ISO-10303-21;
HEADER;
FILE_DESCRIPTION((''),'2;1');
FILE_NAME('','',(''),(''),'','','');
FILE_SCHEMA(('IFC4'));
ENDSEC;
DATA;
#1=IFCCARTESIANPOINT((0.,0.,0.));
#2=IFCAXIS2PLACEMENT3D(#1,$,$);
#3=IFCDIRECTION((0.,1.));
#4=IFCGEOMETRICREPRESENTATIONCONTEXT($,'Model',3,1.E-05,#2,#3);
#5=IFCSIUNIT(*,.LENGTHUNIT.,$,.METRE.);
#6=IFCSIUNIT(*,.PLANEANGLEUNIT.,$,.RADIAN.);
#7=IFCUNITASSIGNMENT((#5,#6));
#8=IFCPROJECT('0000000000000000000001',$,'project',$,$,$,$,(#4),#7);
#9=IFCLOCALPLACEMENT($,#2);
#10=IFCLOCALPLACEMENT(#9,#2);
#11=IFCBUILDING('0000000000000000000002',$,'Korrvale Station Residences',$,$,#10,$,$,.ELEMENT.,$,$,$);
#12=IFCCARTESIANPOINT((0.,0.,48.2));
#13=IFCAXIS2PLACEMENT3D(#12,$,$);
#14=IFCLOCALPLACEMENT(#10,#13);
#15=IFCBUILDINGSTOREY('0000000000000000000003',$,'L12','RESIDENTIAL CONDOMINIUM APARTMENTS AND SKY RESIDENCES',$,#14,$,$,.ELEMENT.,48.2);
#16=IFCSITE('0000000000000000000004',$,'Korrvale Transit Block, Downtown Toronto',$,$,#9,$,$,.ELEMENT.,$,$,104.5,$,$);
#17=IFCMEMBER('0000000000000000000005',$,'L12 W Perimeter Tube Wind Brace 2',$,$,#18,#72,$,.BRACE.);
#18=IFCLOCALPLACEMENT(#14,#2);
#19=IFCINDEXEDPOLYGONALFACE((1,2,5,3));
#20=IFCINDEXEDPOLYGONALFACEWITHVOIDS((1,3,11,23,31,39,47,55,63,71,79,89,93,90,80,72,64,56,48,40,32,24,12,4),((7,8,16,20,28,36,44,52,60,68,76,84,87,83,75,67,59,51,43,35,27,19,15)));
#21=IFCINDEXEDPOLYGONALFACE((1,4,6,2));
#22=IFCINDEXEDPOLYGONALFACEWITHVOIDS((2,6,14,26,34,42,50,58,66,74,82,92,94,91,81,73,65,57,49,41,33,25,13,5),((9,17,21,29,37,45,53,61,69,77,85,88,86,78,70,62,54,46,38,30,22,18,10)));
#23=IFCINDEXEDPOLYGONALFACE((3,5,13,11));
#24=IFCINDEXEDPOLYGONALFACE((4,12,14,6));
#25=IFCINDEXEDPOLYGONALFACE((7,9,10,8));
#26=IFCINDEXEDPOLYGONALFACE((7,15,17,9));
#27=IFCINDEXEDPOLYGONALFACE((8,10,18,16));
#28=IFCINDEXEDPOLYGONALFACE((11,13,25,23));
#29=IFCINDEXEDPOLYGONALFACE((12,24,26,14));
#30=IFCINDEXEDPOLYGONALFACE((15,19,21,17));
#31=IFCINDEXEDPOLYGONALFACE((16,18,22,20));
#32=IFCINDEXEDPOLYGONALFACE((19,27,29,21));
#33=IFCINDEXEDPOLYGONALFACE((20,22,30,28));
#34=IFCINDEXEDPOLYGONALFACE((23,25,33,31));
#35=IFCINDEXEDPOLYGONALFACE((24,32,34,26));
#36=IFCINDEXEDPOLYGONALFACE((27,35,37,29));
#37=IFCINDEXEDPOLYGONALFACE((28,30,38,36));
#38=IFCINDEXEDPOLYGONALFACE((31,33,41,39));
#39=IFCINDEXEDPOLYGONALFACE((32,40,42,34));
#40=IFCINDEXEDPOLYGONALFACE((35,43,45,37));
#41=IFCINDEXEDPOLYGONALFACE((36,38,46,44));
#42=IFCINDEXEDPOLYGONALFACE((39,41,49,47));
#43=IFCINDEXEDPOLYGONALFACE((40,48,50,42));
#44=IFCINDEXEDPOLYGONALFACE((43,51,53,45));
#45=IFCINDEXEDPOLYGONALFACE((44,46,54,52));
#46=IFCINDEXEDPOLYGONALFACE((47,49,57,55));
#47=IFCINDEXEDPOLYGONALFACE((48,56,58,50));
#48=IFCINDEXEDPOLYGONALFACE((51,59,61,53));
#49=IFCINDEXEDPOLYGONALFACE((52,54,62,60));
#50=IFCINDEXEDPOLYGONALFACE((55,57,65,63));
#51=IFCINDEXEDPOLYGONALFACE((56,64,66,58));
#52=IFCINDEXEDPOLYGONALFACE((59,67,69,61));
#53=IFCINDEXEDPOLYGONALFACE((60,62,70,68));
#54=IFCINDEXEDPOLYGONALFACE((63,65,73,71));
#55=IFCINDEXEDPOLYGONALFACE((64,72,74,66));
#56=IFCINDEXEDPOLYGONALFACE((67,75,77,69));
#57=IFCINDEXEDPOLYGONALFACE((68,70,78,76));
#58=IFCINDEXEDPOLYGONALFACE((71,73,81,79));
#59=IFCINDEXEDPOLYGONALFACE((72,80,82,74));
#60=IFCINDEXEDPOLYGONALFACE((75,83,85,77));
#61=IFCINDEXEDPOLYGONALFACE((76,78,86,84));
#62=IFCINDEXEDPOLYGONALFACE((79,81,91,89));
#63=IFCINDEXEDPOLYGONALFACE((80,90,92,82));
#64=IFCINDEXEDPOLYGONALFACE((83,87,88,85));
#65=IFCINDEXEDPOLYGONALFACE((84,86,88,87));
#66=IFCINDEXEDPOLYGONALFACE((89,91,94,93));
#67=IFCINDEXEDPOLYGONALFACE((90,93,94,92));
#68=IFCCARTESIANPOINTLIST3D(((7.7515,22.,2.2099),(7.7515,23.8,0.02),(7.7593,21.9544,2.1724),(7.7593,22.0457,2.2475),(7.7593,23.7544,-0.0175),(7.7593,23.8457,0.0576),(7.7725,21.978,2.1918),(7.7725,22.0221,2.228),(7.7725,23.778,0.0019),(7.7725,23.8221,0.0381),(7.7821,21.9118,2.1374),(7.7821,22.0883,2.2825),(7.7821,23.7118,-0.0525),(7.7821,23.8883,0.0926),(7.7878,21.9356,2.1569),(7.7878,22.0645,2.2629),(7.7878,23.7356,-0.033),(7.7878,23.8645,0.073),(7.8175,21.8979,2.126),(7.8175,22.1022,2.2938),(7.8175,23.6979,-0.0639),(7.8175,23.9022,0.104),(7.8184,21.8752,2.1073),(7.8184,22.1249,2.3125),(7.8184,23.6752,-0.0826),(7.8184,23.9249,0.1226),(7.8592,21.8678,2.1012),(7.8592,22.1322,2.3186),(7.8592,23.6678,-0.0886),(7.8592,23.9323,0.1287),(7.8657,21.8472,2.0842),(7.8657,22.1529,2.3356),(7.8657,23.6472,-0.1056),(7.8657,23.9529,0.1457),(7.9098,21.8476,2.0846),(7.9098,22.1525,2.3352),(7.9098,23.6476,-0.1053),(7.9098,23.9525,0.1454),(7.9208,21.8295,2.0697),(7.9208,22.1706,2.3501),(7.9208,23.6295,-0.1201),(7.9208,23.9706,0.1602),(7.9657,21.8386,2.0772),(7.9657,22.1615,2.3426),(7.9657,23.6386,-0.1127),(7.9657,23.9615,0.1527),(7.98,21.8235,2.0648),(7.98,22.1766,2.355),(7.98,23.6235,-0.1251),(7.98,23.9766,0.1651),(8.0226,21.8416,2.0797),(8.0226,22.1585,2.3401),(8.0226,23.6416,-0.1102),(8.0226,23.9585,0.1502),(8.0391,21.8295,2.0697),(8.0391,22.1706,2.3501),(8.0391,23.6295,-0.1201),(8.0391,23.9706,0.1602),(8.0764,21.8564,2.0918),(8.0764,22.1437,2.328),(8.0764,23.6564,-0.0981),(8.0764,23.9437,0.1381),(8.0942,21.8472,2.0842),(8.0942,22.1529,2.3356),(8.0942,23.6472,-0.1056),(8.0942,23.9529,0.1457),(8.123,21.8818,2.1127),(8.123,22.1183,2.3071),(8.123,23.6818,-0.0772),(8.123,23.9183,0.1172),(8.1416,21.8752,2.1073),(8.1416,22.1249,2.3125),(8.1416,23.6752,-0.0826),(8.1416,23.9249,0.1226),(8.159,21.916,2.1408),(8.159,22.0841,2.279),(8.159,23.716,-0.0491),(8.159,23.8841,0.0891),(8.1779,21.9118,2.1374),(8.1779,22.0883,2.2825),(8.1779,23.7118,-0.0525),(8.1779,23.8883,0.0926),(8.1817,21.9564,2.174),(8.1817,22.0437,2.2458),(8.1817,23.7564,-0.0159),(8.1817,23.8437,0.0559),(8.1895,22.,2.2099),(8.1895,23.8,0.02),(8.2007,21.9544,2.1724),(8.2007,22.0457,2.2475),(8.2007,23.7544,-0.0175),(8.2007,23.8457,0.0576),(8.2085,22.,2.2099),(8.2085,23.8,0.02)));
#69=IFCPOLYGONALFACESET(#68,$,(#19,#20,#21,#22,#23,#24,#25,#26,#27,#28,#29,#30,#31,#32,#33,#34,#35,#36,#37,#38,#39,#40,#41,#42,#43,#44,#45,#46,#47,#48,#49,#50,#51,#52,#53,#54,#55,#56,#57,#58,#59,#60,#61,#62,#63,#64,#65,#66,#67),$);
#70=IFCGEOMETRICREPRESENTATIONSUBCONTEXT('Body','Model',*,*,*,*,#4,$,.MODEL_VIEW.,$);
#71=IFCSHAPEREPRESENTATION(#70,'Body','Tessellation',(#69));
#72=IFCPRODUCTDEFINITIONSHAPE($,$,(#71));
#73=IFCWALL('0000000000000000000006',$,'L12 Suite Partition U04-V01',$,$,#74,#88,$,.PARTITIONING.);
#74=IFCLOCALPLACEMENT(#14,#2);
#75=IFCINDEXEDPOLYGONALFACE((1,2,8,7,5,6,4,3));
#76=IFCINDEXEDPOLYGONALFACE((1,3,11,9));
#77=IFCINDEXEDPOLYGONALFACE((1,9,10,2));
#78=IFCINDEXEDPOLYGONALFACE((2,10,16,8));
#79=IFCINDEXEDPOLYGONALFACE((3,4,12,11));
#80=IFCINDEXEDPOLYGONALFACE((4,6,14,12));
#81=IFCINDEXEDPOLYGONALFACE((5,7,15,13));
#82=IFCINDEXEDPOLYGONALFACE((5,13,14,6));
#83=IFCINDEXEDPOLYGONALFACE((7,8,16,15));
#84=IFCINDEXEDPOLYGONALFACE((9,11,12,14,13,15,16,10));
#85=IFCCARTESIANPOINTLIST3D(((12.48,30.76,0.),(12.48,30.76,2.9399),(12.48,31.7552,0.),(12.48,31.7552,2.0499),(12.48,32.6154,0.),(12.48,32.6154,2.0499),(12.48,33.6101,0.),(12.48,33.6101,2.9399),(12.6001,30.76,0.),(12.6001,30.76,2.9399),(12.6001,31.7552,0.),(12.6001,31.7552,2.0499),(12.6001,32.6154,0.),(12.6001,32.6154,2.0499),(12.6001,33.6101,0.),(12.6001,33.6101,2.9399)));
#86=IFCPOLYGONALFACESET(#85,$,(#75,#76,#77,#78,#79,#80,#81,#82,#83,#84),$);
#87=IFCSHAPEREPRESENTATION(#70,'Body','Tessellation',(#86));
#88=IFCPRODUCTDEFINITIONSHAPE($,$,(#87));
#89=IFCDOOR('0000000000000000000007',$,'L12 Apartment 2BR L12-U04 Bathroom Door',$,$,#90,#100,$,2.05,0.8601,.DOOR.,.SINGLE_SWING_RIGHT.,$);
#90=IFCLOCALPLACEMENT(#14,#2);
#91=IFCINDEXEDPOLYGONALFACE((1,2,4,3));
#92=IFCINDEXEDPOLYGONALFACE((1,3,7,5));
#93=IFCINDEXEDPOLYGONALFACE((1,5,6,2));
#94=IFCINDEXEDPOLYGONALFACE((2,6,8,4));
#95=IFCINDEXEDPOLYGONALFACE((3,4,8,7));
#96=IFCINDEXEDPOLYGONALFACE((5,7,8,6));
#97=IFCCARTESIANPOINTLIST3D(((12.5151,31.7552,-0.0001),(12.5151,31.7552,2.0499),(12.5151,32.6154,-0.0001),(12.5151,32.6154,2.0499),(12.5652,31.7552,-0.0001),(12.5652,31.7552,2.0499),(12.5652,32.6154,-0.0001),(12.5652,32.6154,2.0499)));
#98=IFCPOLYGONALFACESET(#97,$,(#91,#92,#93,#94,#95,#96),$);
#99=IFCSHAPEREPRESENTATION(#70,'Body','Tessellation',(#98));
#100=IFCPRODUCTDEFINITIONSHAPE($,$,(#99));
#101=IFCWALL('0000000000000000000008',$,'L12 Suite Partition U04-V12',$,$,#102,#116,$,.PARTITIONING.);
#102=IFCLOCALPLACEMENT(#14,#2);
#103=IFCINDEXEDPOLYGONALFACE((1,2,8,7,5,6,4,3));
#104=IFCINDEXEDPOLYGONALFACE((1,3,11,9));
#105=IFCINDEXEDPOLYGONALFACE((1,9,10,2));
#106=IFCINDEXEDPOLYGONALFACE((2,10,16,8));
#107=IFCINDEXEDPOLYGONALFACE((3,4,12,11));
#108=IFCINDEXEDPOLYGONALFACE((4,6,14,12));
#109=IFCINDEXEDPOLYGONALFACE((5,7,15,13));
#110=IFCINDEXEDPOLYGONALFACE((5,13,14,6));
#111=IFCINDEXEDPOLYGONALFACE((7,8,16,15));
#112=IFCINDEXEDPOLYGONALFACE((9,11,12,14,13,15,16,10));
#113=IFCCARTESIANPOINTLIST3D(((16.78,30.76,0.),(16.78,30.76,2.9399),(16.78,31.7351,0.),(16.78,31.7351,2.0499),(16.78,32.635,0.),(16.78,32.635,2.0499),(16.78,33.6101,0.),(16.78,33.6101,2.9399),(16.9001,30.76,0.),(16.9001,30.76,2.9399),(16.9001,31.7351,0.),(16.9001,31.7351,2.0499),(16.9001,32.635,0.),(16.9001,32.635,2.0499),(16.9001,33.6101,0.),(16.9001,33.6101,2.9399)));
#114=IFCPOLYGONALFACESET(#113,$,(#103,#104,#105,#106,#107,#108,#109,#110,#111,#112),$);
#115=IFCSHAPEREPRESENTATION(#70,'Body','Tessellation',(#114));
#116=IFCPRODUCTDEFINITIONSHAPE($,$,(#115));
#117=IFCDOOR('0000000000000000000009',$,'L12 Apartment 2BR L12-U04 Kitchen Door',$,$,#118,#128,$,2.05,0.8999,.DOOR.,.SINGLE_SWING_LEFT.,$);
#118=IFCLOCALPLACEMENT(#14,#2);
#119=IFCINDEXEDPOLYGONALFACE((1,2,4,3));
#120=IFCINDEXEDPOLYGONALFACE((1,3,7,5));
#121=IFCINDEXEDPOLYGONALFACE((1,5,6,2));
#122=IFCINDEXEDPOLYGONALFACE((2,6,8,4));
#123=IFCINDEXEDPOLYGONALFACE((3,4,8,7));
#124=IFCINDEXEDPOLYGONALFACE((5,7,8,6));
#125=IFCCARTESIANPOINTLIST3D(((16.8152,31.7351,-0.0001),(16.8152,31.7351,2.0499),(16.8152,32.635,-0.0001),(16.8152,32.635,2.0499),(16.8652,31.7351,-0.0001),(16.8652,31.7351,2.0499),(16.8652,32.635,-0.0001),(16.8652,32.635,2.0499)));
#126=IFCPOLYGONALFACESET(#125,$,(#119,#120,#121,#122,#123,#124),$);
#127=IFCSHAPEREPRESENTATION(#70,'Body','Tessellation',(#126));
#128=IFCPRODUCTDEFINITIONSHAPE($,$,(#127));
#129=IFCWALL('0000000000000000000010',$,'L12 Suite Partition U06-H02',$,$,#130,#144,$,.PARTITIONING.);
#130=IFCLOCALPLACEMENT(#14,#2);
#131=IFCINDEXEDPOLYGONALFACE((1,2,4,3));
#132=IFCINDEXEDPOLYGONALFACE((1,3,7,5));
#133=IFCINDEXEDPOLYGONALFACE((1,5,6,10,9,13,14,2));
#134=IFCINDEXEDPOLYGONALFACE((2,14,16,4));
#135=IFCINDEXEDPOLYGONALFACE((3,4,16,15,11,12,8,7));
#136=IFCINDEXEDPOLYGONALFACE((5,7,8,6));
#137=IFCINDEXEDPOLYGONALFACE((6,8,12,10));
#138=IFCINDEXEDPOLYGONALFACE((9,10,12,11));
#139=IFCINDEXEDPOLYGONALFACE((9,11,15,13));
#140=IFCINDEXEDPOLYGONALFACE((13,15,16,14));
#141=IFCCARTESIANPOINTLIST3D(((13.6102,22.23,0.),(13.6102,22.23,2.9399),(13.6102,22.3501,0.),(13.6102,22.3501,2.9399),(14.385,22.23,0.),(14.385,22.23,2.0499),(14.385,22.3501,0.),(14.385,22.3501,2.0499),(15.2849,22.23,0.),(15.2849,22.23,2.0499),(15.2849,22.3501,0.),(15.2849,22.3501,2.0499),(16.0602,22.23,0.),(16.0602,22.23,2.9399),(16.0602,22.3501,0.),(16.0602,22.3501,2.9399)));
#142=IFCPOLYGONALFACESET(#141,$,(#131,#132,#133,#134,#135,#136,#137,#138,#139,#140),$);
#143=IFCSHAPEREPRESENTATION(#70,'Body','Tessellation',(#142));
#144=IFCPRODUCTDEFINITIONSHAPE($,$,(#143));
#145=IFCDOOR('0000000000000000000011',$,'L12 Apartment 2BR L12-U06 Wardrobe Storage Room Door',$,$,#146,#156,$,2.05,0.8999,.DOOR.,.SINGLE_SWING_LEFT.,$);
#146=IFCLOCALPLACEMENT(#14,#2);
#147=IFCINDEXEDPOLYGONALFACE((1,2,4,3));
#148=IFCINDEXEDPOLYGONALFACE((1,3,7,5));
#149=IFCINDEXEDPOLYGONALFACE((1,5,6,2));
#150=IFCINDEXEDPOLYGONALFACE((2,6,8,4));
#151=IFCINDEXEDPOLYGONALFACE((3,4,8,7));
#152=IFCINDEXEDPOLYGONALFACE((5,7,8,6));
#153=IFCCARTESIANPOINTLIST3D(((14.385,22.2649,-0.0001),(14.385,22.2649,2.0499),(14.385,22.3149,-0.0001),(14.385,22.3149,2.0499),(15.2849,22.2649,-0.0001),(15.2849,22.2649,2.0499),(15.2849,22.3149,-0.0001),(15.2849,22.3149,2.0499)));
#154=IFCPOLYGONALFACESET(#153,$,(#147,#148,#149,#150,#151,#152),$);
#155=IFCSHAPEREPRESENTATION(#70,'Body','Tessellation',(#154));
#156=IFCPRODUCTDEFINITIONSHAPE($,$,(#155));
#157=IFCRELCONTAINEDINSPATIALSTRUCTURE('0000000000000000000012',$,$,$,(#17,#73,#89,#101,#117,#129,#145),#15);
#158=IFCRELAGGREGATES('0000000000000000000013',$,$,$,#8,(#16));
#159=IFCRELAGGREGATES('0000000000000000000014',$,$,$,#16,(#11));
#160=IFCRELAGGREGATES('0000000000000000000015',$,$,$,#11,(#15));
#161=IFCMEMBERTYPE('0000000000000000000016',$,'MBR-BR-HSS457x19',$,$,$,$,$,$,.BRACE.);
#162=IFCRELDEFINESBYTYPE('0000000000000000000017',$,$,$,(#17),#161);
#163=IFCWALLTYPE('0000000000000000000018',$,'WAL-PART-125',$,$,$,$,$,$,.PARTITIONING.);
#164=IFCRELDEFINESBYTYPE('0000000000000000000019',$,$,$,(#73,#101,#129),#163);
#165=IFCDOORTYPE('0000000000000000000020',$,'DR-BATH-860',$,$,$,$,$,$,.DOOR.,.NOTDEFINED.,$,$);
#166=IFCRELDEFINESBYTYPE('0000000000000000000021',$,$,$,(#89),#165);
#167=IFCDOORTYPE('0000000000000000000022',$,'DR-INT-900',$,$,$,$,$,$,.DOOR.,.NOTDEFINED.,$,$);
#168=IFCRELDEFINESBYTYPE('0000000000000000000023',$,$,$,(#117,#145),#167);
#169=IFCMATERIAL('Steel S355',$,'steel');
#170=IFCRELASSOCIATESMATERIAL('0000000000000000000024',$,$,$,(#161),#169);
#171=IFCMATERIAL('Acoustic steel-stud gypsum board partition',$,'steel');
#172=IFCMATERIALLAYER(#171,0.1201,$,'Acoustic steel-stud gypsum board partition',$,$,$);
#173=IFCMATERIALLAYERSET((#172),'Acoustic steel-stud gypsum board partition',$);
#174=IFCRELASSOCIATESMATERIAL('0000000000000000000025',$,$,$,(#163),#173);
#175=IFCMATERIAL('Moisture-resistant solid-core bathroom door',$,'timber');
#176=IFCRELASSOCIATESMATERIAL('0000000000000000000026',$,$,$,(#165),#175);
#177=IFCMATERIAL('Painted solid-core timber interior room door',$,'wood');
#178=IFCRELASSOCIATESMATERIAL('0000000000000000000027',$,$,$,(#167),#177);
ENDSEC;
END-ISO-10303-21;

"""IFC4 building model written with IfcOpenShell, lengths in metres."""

from ifc_helpers import new_model, si_unit, direction, frame, frame_2d, origin, origin_2d, place, context, subcontext, project, spatial, rectangle, hollow_circle, extrude, material, layer, layer_set, material_profile, profile_set, type_object, element, fill, save


model = new_model("IFC4")

# Units and contexts
model_context = context("Model", 3, precision=1e-05, world=origin(), true_north=direction((0.0, 1.0)))
body_context = subcontext(model_context, "Body", "Model", "MODEL_VIEW")
ifc_project = project(units=[si_unit("LENGTHUNIT", "METRE"), si_unit("PLANEANGLEUNIT", "RADIAN")], contexts=[model_context])

# Site, building, storey
site_placement = place(None, origin())
site = spatial("IfcSite", under=ifc_project, at=site_placement, Name="Korrvale Transit Block, Downtown Toronto", CompositionType="ELEMENT", RefElevation=104.5)
building_placement = place(site_placement, origin())
building = spatial("IfcBuilding", under=site, at=building_placement, Name="Korrvale Station Residences", CompositionType="ELEMENT")
storey_placement = place(building_placement, frame((0.0, 0.0, 48.2)))
storey = spatial("IfcBuildingStorey", under=building, at=storey_placement, Name="L12", Description="RESIDENTIAL CONDOMINIUM APARTMENTS AND SKY RESIDENCES", CompositionType="ELEMENT", Elevation=48.2)

# Shared definitions
ifc_material_1 = material(Name="Steel S355", Category="steel")

# Member
ifc_material_profile_1 = material_profile(ifc_material_1, hollow_circle(Radius=0.2285, WallThickness=0.019, at=origin_2d()), Name="HSS457x19")
ifc_profile_set_1 = profile_set([ifc_material_profile_1], Name="Steel S355")
member_type = type_object("IfcMemberType", Name="MBR-BR-HSS457x19", PredefinedType="BRACE", material=ifc_profile_set_1)
member_placement = place(storey_placement, frame((7.98, 23.8, 0.02), z_axis=(0.0, -0.634985, 0.772524), x_axis=(1.0, 0.0, 0.0)))
element("IfcMember", 1, at=member_placement, inside=storey, type_object=member_type, Name="L12 W Perimeter Tube Wind Brace 2", PredefinedType="BRACE", context=body_context, shape_type="SweptSolid", body=[
    extrude(hollow_circle(Radius=0.2285, WallThickness=0.019, at=origin_2d()), origin(), (0.0, 0.0, 1.0), 2.8347),
])

# Walls, openings, doors
ifc_material_2 = material(Name="Acoustic steel-stud gypsum board partition", Category="steel")
ifc_layer_1 = layer(ifc_material_2, 0.1201, Name="Acoustic steel-stud gypsum board partition")
ifc_layer_set_1 = layer_set([ifc_layer_1], Name="Acoustic steel-stud gypsum board partition")
wall_type_1 = type_object("IfcWallType", Name="WAL-PART-125", PredefinedType="PARTITIONING", material=ifc_layer_set_1)
wall_1_placement = place(storey_placement, frame((12.54, 30.76, 0.0), z_axis=(0.0, 0.0, 1.0), x_axis=(0.0, 1.0, 0.0)))
wall_1 = element("IfcWall", 2, at=wall_1_placement, inside=storey, type_object=wall_type_1, Name="L12 Suite Partition U04-V01", PredefinedType="PARTITIONING", context=body_context, shape_type="SweptSolid", body=[
    extrude(rectangle(XDim=2.8501, YDim=0.1201, at=frame_2d((1.425, 0.0))), origin(), (0.0, 0.0, 1.0), 2.9399),
])
opening_1_placement = place(wall_1_placement, frame((0.9951, 0.0, 0.0)))
opening_1 = element("IfcOpeningElement", 3, at=opening_1_placement, cuts=wall_1, PredefinedType="OPENING", context=body_context, shape_type="SweptSolid", body=[
    extrude(rectangle(XDim=0.8601, YDim=2.05, at=frame_2d((0.4302, 1.0249))), frame((0.0, 0.0701, 0.0), z_axis=(0.0, -1.0, 0.0), x_axis=(1.0, 0.0, 0.0)), (0.0, 0.0, 1.0), 0.1401),
])
ifc_material_3 = material(Name="Moisture-resistant solid-core bathroom door", Category="timber")
door_type_1 = type_object("IfcDoorType", Name="DR-BATH-860", OperationType="NOTDEFINED", PredefinedType="DOOR", material=ifc_material_3)
door_1_placement = place(opening_1_placement, origin())
door_1 = element("IfcDoor", 4, at=door_1_placement, inside=storey, type_object=door_type_1, Name="L12 Apartment 2BR L12-U04 Bathroom Door", OperationType="SINGLE_SWING_RIGHT", OverallHeight=2.05, OverallWidth=0.8601, PredefinedType="DOOR", context=body_context, shape_type="SweptSolid", body=[
    extrude(rectangle(XDim=0.8601, YDim=2.05, at=frame_2d((0.4302, 1.0249))), frame((0.0, 0.0249, 0.0), z_axis=(0.0, -1.0, 0.0), x_axis=(1.0, 0.0, 0.0)), (0.0, 0.0, 1.0), 0.05),
])
fill(opening_1, door_1)
wall_2_placement = place(storey_placement, frame((16.8401, 30.76, 0.0), z_axis=(0.0, 0.0, 1.0), x_axis=(0.0, 1.0, 0.0)))
wall_2 = element("IfcWall", 5, at=wall_2_placement, inside=storey, type_object=wall_type_1, Name="L12 Suite Partition U04-V12", PredefinedType="PARTITIONING", context=body_context, shape_type="SweptSolid", body=[
    extrude(rectangle(XDim=2.8501, YDim=0.1201, at=frame_2d((1.425, 0.0))), origin(), (0.0, 0.0, 1.0), 2.9399),
])
opening_2_placement = place(wall_2_placement, frame((0.9751, 0.0, 0.0)))
opening_2 = element("IfcOpeningElement", 6, at=opening_2_placement, cuts=wall_2, PredefinedType="OPENING", context=body_context, shape_type="SweptSolid", body=[
    extrude(rectangle(XDim=0.8999, YDim=2.05, at=frame_2d((0.45, 1.0249))), frame((0.0, 0.0701, 0.0), z_axis=(0.0, -1.0, 0.0), x_axis=(1.0, 0.0, 0.0)), (0.0, 0.0, 1.0), 0.1401),
])
ifc_material_4 = material(Name="Painted solid-core timber interior room door", Category="wood")
door_type_2 = type_object("IfcDoorType", Name="DR-INT-900", OperationType="NOTDEFINED", PredefinedType="DOOR", material=ifc_material_4)
door_2_placement = place(opening_2_placement, origin())
door_2 = element("IfcDoor", 7, at=door_2_placement, inside=storey, type_object=door_type_2, Name="L12 Apartment 2BR L12-U04 Kitchen Door", OperationType="SINGLE_SWING_LEFT", OverallHeight=2.05, OverallWidth=0.8999, PredefinedType="DOOR", context=body_context, shape_type="SweptSolid", body=[
    extrude(rectangle(XDim=0.8999, YDim=2.05, at=frame_2d((0.45, 1.0249))), frame((0.0, 0.0249, 0.0), z_axis=(0.0, -1.0, 0.0), x_axis=(1.0, 0.0, 0.0)), (0.0, 0.0, 1.0), 0.05),
])
fill(opening_2, door_2)
wall_3_placement = place(storey_placement, frame((13.6101, 22.29, 0.0), z_axis=(0.0, 0.0, 1.0), x_axis=(1.0, 0.0, 0.0)))
wall_3 = element("IfcWall", 8, at=wall_3_placement, inside=storey, type_object=wall_type_1, Name="L12 Suite Partition U06-H02", PredefinedType="PARTITIONING", context=body_context, shape_type="SweptSolid", body=[
    extrude(rectangle(XDim=2.45, YDim=0.1201, at=frame_2d((1.2251, 0.0))), origin(), (0.0, 0.0, 1.0), 2.9399),
])
opening_3_placement = place(wall_3_placement, frame((0.7749, 0.0, 0.0)))
opening_3 = element("IfcOpeningElement", 9, at=opening_3_placement, cuts=wall_3, PredefinedType="OPENING", context=body_context, shape_type="SweptSolid", body=[
    extrude(rectangle(XDim=0.8999, YDim=2.05, at=frame_2d((0.45, 1.0249))), frame((0.0, 0.0701, 0.0), z_axis=(0.0, -1.0, 0.0), x_axis=(1.0, 0.0, 0.0)), (0.0, 0.0, 1.0), 0.1401),
])
door_3_placement = place(opening_3_placement, origin())
door_3 = element("IfcDoor", 10, at=door_3_placement, inside=storey, type_object=door_type_2, Name="L12 Apartment 2BR L12-U06 Wardrobe Storage Room Door", OperationType="SINGLE_SWING_LEFT", OverallHeight=2.05, OverallWidth=0.8999, PredefinedType="DOOR", context=body_context, shape_type="SweptSolid", body=[
    extrude(rectangle(XDim=0.8999, YDim=2.05, at=frame_2d((0.45, 1.0249))), frame((0.0, 0.0249, 0.0), z_axis=(0.0, -1.0, 0.0), x_axis=(1.0, 0.0, 0.0)), (0.0, 0.0, 1.0), 0.05),
])
fill(opening_3, door_3)

save(model, "model.ifc")
